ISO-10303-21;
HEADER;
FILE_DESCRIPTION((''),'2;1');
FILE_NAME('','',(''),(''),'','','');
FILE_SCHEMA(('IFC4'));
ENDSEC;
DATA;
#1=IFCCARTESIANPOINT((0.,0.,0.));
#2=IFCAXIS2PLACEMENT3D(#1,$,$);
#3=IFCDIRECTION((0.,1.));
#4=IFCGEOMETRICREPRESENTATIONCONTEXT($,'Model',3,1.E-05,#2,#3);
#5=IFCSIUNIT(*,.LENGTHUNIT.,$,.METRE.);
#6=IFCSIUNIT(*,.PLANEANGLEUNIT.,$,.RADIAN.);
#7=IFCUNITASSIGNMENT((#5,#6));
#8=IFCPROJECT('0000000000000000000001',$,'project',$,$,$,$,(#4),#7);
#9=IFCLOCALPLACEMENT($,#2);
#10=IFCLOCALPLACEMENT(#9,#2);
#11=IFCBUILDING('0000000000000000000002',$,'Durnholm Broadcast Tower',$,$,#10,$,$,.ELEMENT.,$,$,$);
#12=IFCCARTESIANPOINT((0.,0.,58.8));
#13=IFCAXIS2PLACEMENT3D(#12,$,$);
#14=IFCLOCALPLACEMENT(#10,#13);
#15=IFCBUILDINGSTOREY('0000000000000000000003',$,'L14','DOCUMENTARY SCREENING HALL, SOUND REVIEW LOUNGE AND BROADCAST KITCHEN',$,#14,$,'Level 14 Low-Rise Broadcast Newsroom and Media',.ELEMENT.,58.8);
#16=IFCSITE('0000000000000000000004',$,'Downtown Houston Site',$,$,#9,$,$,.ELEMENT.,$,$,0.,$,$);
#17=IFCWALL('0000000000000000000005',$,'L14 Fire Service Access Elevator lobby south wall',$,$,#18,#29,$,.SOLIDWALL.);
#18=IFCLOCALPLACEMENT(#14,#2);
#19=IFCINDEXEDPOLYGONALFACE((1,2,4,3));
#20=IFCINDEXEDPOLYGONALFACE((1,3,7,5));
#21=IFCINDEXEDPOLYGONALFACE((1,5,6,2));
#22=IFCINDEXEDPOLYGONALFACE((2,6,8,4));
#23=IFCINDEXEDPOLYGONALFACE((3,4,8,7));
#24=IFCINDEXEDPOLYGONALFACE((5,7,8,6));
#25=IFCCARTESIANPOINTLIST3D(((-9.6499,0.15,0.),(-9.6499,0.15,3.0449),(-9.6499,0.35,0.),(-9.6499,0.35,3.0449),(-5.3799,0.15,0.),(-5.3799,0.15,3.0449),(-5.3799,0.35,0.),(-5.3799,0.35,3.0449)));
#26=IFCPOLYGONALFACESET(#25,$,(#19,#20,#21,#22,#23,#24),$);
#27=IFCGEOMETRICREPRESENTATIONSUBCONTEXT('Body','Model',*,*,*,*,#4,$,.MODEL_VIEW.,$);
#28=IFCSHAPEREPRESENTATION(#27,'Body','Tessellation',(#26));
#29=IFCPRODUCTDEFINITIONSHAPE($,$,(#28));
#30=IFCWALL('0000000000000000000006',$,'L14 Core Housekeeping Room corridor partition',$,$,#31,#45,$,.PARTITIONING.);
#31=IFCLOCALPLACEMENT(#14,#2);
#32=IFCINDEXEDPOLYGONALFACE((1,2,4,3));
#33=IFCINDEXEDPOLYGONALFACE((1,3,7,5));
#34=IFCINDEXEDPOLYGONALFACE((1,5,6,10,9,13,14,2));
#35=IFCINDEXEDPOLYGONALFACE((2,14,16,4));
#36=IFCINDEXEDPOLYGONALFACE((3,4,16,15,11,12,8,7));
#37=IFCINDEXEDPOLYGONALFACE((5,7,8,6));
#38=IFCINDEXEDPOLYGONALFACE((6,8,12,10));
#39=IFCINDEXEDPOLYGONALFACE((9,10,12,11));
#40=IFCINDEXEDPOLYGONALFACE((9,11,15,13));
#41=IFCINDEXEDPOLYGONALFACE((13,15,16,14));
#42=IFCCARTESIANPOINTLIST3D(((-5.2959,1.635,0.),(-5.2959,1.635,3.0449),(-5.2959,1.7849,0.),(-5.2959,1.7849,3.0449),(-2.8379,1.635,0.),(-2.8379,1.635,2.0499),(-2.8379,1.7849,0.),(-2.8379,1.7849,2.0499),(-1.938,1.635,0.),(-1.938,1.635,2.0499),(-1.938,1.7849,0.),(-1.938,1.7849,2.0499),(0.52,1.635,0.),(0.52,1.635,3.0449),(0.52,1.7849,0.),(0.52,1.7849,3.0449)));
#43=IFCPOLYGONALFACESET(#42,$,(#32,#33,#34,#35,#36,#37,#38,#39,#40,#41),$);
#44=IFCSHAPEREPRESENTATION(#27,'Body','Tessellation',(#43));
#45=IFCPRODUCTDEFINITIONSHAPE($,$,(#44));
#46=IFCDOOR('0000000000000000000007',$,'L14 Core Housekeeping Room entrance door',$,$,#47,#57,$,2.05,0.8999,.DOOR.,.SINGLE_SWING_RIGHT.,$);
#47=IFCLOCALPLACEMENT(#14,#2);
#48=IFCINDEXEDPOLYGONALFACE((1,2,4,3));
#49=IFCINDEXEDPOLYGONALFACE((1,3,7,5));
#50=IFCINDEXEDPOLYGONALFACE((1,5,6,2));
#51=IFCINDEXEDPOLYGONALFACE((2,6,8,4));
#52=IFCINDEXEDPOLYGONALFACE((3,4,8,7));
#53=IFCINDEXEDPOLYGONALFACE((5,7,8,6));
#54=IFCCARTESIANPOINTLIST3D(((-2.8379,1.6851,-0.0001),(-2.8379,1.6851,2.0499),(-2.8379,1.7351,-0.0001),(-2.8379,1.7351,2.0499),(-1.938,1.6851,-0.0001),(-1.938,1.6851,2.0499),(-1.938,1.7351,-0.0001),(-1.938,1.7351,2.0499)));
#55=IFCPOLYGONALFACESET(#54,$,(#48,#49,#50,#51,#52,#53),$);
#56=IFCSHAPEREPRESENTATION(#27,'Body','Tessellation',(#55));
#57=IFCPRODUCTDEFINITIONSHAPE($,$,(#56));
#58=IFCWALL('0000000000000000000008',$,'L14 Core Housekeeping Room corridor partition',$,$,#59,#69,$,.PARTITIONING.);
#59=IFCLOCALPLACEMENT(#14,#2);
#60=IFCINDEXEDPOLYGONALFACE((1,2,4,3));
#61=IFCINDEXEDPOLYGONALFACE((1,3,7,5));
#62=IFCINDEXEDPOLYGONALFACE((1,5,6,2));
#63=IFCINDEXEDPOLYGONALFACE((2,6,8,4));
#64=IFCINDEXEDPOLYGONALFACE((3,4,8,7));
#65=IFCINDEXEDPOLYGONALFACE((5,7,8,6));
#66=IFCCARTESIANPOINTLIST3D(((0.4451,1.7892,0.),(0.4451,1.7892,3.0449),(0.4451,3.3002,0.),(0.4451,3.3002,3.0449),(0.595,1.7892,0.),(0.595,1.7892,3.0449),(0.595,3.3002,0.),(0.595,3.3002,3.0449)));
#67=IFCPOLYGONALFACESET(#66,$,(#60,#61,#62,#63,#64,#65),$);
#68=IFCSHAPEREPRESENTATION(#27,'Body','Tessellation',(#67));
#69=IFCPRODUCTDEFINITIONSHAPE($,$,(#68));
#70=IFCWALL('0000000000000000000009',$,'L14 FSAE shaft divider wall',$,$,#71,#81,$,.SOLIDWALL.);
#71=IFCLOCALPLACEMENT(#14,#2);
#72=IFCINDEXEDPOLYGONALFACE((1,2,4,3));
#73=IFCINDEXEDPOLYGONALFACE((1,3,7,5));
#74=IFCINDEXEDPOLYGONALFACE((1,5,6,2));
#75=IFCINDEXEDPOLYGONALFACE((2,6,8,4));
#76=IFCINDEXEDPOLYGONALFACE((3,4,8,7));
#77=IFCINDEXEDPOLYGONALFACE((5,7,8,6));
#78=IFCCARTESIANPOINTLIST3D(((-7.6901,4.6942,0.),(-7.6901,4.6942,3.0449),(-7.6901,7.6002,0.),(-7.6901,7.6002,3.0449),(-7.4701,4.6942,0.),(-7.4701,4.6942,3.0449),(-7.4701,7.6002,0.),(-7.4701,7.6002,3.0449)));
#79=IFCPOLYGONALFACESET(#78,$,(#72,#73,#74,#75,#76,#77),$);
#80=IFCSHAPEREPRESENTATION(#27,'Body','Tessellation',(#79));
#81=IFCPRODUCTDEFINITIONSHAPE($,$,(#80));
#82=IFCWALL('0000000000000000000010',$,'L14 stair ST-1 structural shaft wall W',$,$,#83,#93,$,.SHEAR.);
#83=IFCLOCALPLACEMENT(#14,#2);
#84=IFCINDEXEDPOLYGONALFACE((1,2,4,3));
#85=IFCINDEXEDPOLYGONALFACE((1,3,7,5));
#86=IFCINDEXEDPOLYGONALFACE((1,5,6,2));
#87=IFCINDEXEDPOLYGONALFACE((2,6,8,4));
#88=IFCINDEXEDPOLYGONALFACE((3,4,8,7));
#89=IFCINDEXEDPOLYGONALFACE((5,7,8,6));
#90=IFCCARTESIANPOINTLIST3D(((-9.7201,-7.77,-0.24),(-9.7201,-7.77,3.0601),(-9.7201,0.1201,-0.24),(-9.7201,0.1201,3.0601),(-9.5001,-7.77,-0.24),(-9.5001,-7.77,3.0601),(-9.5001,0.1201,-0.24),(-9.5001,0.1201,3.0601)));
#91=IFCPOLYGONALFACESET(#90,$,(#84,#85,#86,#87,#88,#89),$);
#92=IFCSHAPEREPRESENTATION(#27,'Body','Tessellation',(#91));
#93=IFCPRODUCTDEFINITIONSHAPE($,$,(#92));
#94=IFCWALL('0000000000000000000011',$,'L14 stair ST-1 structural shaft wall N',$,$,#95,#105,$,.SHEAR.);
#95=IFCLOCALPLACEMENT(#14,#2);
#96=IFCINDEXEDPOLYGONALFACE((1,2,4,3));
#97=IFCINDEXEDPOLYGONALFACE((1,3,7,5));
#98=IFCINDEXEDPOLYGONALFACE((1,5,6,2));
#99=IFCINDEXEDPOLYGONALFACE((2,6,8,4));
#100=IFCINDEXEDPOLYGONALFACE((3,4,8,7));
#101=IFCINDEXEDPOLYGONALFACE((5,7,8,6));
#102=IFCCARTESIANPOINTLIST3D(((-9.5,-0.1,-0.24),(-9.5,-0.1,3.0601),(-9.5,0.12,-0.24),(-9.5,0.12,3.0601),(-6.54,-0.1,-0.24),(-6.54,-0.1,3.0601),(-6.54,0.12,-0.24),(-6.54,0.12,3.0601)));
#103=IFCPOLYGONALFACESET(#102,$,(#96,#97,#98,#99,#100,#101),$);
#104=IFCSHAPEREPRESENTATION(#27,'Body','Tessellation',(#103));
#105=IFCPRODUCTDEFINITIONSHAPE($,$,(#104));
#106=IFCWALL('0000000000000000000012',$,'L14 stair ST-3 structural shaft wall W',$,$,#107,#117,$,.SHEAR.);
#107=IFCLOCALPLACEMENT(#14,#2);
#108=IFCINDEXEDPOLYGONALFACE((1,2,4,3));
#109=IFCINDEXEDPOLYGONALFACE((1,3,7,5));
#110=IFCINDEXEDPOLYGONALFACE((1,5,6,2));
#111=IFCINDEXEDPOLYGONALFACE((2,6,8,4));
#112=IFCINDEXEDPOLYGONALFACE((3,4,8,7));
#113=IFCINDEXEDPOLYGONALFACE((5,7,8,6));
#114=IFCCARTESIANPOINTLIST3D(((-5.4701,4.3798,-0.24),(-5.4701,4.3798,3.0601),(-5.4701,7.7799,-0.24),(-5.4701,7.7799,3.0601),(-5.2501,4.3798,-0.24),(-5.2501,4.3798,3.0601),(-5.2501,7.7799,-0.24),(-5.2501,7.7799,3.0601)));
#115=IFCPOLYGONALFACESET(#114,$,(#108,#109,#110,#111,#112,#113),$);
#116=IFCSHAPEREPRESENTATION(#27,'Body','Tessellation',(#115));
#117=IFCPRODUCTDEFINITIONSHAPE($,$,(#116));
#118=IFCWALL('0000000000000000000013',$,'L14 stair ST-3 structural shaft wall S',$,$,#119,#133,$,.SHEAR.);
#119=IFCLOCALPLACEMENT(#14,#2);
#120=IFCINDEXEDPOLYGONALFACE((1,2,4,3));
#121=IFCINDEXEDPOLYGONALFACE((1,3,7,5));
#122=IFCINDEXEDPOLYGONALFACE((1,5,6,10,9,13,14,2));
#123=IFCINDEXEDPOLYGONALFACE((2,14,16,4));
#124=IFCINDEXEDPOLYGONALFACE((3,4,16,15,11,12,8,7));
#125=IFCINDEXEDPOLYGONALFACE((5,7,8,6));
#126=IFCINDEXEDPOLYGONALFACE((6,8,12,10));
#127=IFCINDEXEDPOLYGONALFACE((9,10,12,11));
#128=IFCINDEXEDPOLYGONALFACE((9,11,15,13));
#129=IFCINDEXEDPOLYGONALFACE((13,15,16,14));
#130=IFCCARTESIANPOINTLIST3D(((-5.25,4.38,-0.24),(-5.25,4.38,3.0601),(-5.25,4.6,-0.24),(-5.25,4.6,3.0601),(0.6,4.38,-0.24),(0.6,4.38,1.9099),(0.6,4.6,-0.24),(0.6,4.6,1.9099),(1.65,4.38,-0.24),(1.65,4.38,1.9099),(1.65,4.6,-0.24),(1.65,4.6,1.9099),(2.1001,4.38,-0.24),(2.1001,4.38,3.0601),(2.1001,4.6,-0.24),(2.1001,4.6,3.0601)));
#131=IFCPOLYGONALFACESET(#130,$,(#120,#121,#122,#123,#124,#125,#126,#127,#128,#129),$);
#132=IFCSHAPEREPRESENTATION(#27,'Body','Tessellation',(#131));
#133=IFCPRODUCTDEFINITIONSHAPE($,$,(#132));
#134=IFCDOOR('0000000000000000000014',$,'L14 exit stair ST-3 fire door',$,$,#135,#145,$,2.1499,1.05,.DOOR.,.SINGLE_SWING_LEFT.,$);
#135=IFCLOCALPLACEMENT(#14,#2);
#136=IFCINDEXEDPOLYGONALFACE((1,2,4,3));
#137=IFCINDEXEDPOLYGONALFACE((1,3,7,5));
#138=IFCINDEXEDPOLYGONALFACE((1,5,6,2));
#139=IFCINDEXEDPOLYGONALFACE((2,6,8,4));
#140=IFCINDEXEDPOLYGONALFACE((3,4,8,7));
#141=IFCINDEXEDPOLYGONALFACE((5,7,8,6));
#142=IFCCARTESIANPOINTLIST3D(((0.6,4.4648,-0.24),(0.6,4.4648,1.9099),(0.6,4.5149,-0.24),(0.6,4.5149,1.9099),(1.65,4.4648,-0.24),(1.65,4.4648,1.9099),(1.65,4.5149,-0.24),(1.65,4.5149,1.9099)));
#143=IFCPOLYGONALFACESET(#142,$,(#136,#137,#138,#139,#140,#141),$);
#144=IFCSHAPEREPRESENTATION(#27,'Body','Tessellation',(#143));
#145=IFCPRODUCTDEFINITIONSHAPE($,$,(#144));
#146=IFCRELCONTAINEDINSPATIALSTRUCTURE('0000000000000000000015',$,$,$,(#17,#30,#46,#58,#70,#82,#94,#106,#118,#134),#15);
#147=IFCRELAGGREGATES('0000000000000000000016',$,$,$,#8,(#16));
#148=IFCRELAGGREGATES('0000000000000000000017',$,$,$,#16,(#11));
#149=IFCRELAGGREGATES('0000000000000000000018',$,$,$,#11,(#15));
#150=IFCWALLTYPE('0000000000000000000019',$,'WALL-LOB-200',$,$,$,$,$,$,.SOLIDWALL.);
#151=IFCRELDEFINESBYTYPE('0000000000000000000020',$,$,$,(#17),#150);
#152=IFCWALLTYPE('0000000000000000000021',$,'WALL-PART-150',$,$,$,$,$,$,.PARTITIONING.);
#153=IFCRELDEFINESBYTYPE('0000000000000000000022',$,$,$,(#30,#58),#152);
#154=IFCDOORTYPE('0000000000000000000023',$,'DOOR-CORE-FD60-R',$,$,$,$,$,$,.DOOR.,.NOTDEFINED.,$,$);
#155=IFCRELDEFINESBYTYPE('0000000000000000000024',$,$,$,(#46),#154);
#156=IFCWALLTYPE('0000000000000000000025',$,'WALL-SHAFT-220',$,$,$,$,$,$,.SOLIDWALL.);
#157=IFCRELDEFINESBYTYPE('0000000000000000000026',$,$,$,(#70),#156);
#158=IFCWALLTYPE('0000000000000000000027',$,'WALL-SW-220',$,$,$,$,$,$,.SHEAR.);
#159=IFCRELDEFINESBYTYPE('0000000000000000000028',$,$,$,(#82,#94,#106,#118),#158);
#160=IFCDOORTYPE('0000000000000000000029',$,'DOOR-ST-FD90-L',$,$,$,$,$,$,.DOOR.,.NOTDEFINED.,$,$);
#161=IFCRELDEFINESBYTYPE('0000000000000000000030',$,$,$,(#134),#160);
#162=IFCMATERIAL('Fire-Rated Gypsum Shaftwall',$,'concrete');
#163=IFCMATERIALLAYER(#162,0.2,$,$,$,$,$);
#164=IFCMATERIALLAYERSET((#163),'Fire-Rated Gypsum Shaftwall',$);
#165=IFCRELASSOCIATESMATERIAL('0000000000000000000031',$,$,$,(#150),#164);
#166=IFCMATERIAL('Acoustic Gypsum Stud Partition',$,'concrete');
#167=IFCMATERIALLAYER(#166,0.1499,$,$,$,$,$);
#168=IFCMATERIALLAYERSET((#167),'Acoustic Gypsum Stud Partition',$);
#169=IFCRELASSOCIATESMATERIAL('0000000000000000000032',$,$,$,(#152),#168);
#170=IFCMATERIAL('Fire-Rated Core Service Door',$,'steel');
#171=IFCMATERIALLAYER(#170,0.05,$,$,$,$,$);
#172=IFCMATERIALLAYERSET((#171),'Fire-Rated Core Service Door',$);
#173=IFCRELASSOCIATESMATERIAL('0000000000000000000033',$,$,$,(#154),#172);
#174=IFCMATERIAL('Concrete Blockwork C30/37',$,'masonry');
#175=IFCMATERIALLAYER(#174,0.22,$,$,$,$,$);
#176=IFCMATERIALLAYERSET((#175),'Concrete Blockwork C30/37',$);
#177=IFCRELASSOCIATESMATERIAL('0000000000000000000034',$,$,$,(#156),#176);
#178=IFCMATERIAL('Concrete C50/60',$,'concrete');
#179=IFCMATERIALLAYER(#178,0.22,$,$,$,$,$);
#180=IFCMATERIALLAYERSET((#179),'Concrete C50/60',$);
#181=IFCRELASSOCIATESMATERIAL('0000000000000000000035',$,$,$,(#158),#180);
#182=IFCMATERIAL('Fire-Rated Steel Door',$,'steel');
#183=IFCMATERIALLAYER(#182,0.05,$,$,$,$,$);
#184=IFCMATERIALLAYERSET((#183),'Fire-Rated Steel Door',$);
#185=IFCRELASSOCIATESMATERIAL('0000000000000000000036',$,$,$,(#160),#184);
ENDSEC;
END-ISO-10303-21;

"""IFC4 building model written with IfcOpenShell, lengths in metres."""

from ifc_helpers import new_model, si_unit, direction, frame, frame_2d, origin, place, context, subcontext, project, spatial, rectangle, extrude, source, transform, mapped, material, layer, layer_set, type_object, type_shapes, element, fill, save


model = new_model("IFC4")

# Units and contexts
model_context = context("Model", 3, precision=1e-05, world=origin(), true_north=direction((0.0, 1.0)))
body_context = subcontext(model_context, "Body", "Model", "MODEL_VIEW")
ifc_project = project(units=[si_unit("LENGTHUNIT", "METRE"), si_unit("PLANEANGLEUNIT", "RADIAN")], contexts=[model_context])

# Site, building, storey
site_placement = place(None, origin())
site = spatial("IfcSite", under=ifc_project, at=site_placement, Name="Downtown Houston Site", CompositionType="ELEMENT", RefElevation=0.0)
building_placement = place(site_placement, origin())
building = spatial("IfcBuilding", under=site, at=building_placement, Name="Durnholm Broadcast Tower", CompositionType="ELEMENT")
storey_placement = place(building_placement, frame((0.0, 0.0, 58.8)))
storey = spatial("IfcBuildingStorey", under=building, at=storey_placement, Name="L14", Description="DOCUMENTARY SCREENING HALL, SOUND REVIEW LOUNGE AND BROADCAST KITCHEN", LongName="Level 14 Low-Rise Broadcast Newsroom and Media", CompositionType="ELEMENT", Elevation=58.8)

# Shared definitions
ifc_material_1 = material(Name="Concrete C50/60", Category="concrete")

# Wall
ifc_material_2 = material(Name="Fire-Rated Gypsum Shaftwall", Category="concrete")
ifc_layer_1 = layer(ifc_material_2, 0.2)
ifc_layer_set_1 = layer_set([ifc_layer_1], Name="Fire-Rated Gypsum Shaftwall")
wall_type_1 = type_object("IfcWallType", Name="WALL-LOB-200", PredefinedType="SOLIDWALL", material=ifc_layer_set_1)
wall_1_placement = place(storey_placement, frame((-9.6499, 0.25, 0.0), z_axis=(0.0, 0.0, 1.0), x_axis=(1.0, 0.0, 0.0)))
element("IfcWall", 1, at=wall_1_placement, inside=storey, type_object=wall_type_1, Name="L14 Fire Service Access Elevator lobby south wall", PredefinedType="SOLIDWALL", context=body_context, shape_type="SweptSolid", body=[
    extrude(rectangle(XDim=4.27, YDim=0.2, at=frame_2d((2.135, 0.0))), origin(), (0.0, 0.0, 1.0), 3.0449),
])

# Wall, opening, door
ifc_material_3 = material(Name="Acoustic Gypsum Stud Partition", Category="concrete")
ifc_layer_2 = layer(ifc_material_3, 0.1499)
ifc_layer_set_2 = layer_set([ifc_layer_2], Name="Acoustic Gypsum Stud Partition")
wall_type_2 = type_object("IfcWallType", Name="WALL-PART-150", PredefinedType="PARTITIONING", material=ifc_layer_set_2)
wall_2_placement = place(storey_placement, frame((0.52, 1.71, 0.0), z_axis=(0.0, 0.0, 1.0), x_axis=(-1.0, 0.0, 0.0)))
wall_2 = element("IfcWall", 2, at=wall_2_placement, inside=storey, type_object=wall_type_2, Name="L14 Core Housekeeping Room corridor partition", PredefinedType="PARTITIONING", context=body_context, shape_type="SweptSolid", body=[
    extrude(rectangle(XDim=5.8159, YDim=0.1499, at=frame_2d((2.908, 0.0))), origin(), (0.0, 0.0, 1.0), 3.0449),
])
opening_1_placement = place(wall_2_placement, frame((2.458, 0.0, 0.0)))
opening_1 = element("IfcOpeningElement", 3, at=opening_1_placement, cuts=wall_2, PredefinedType="OPENING", context=body_context, shape_type="SweptSolid", body=[
    extrude(rectangle(XDim=0.8999, YDim=2.05, at=frame_2d((0.45, 1.0249))), frame((0.0, 0.085, 0.0), z_axis=(0.0, -1.0, 0.0), x_axis=(1.0, 0.0, 0.0)), (0.0, 0.0, 1.0), 0.1699),
])
ifc_material_4 = material(Name="Fire-Rated Core Service Door", Category="steel")
ifc_layer_3 = layer(ifc_material_4, 0.05)
ifc_layer_set_3 = layer_set([ifc_layer_3], Name="Fire-Rated Core Service Door")
door_type_1 = type_object("IfcDoorType", Name="DOOR-CORE-FD60-R", OperationType="NOTDEFINED", PredefinedType="DOOR", material=ifc_layer_set_3)
shared_shape_1 = source(origin(), body_context, "Body", "SweptSolid", [
    extrude(rectangle(XDim=0.8999, YDim=2.05, at=frame_2d((0.45, 1.0249))), frame((0.0, 0.0249, 0.0), z_axis=(0.0, -1.0, 0.0), x_axis=(1.0, 0.0, 0.0)), (0.0, 0.0, 1.0), 0.05),
])
type_shapes(door_type_1, [shared_shape_1])
door_1_placement = place(opening_1_placement, origin())
door_1 = element("IfcDoor", 4, at=door_1_placement, inside=storey, type_object=door_type_1, Name="L14 Core Housekeeping Room entrance door", OperationType="SINGLE_SWING_RIGHT", OverallHeight=2.05, OverallWidth=0.8999, PredefinedType="DOOR", context=body_context, shape_type="MappedRepresentation", body=[
    mapped(shared_shape_1, transform((0.0, 0.0, 0.0), x_axis=(1.0, 0.0, 0.0), y_axis=(0.0, 1.0, 0.0), z_axis=(0.0, 0.0, 1.0), scale=1.0)),
])
fill(opening_1, door_1)

# Wall
wall_3_placement = place(storey_placement, frame((0.52, 3.3, 0.0), z_axis=(0.0, 0.0, 1.0), x_axis=(0.0, -1.0, 0.0)))
element("IfcWall", 5, at=wall_3_placement, inside=storey, type_object=wall_type_2, Name="L14 Core Housekeeping Room corridor partition", PredefinedType="PARTITIONING", context=body_context, shape_type="SweptSolid", body=[
    extrude(rectangle(XDim=1.511, YDim=0.1499, at=frame_2d((0.7554, 0.0))), origin(), (0.0, 0.0, 1.0), 3.0449),
])

# Shared definitions
ifc_material_5 = material(Name="Concrete Blockwork C30/37", Category="masonry")
ifc_layer_4 = layer(ifc_material_5, 0.22)
ifc_layer_set_4 = layer_set([ifc_layer_4], Name="Concrete Blockwork C30/37")
wall_type_3 = type_object("IfcWallType", Name="WALL-SHAFT-220", PredefinedType="SOLIDWALL", material=ifc_layer_set_4)

# Walls
wall_4_placement = place(storey_placement, frame((-7.5801, 4.6941, 0.0), z_axis=(0.0, 0.0, 1.0), x_axis=(0.0, 1.0, 0.0)))
element("IfcWall", 6, at=wall_4_placement, inside=storey, type_object=wall_type_3, Name="L14 FSAE shaft divider wall", PredefinedType="SOLIDWALL", context=body_context, shape_type="SweptSolid", body=[
    extrude(rectangle(XDim=2.906, YDim=0.22, at=frame_2d((1.4531, 0.0))), origin(), (0.0, 0.0, 1.0), 3.0449),
])
ifc_layer_5 = layer(ifc_material_1, 0.22)
ifc_layer_set_5 = layer_set([ifc_layer_5], Name="Concrete C50/60")
wall_type_4 = type_object("IfcWallType", Name="WALL-SW-220", PredefinedType="SHEAR", material=ifc_layer_set_5)
wall_5_placement = place(storey_placement, frame((-9.6101, 0.1201, -0.24), z_axis=(0.0, 0.0, 1.0), x_axis=(0.0, -1.0, 0.0)))
element("IfcWall", 7, at=wall_5_placement, inside=storey, type_object=wall_type_4, Name="L14 stair ST-1 structural shaft wall W", PredefinedType="SHEAR", context=body_context, shape_type="SweptSolid", body=[
    extrude(rectangle(XDim=7.8901, YDim=0.22, at=frame_2d((3.9451, 0.0))), origin(), (0.0, 0.0, 1.0), 3.3),
])
wall_6_placement = place(storey_placement, frame((-6.54, 0.01, -0.24), z_axis=(0.0, 0.0, 1.0), x_axis=(-1.0, 0.0, 0.0)))
element("IfcWall", 8, at=wall_6_placement, inside=storey, type_object=wall_type_4, Name="L14 stair ST-1 structural shaft wall N", PredefinedType="SHEAR", context=body_context, shape_type="SweptSolid", body=[
    extrude(rectangle(XDim=2.96, YDim=0.22, at=frame_2d((1.48, 0.0))), origin(), (0.0, 0.0, 1.0), 3.3),
])
wall_7_placement = place(storey_placement, frame((-5.3601, 7.78, -0.24), z_axis=(0.0, 0.0, 1.0), x_axis=(0.0, -1.0, 0.0)))
element("IfcWall", 9, at=wall_7_placement, inside=storey, type_object=wall_type_4, Name="L14 stair ST-3 structural shaft wall W", PredefinedType="SHEAR", context=body_context, shape_type="SweptSolid", body=[
    extrude(rectangle(XDim=3.4001, YDim=0.22, at=frame_2d((1.7002, 0.0))), origin(), (0.0, 0.0, 1.0), 3.3),
])

# Wall, opening, door
wall_8_placement = place(storey_placement, frame((-5.25, 4.49, -0.24), z_axis=(0.0, 0.0, 1.0), x_axis=(1.0, 0.0, 0.0)))
wall_8 = element("IfcWall", 10, at=wall_8_placement, inside=storey, type_object=wall_type_4, Name="L14 stair ST-3 structural shaft wall S", PredefinedType="SHEAR", context=body_context, shape_type="SweptSolid", body=[
    extrude(rectangle(XDim=7.3501, YDim=0.22, at=frame_2d((3.675, 0.0))), origin(), (0.0, 0.0, 1.0), 3.3),
])
opening_2_placement = place(wall_8_placement, frame((5.8501, 0.0, 0.0)))
opening_2 = element("IfcOpeningElement", 11, at=opening_2_placement, cuts=wall_8, PredefinedType="OPENING", context=body_context, shape_type="SweptSolid", body=[
    extrude(rectangle(XDim=1.05, YDim=2.1499, at=frame_2d((0.5249, 1.075))), frame((0.0, 0.1201, 0.0), z_axis=(0.0, -1.0, 0.0), x_axis=(1.0, 0.0, 0.0)), (0.0, 0.0, 1.0), 0.24),
])
ifc_material_6 = material(Name="Fire-Rated Steel Door", Category="steel")
ifc_layer_6 = layer(ifc_material_6, 0.05)
ifc_layer_set_6 = layer_set([ifc_layer_6], Name="Fire-Rated Steel Door")
door_type_2 = type_object("IfcDoorType", Name="DOOR-ST-FD90-L", OperationType="NOTDEFINED", PredefinedType="DOOR", material=ifc_layer_set_6)
shared_shape_2 = source(origin(), body_context, "Body", "SweptSolid", [
    extrude(rectangle(XDim=1.05, YDim=2.1499, at=frame_2d((0.5249, 1.075))), frame((0.0, 0.0249, 0.0), z_axis=(0.0, -1.0, 0.0), x_axis=(1.0, 0.0, 0.0)), (0.0, 0.0, 1.0), 0.05),
])
type_shapes(door_type_2, [shared_shape_2])
door_2_placement = place(opening_2_placement, origin())
door_2 = element("IfcDoor", 12, at=door_2_placement, inside=storey, type_object=door_type_2, Name="L14 exit stair ST-3 fire door", OperationType="SINGLE_SWING_LEFT", OverallHeight=2.1499, OverallWidth=1.05, PredefinedType="DOOR", context=body_context, shape_type="MappedRepresentation", body=[
    mapped(shared_shape_2, transform((0.0, 0.0, 0.0), x_axis=(1.0, 0.0, 0.0), y_axis=(0.0, 1.0, 0.0), z_axis=(0.0, 0.0, 1.0), scale=1.0)),
])
fill(opening_2, door_2)

save(model, "model.ifc")
